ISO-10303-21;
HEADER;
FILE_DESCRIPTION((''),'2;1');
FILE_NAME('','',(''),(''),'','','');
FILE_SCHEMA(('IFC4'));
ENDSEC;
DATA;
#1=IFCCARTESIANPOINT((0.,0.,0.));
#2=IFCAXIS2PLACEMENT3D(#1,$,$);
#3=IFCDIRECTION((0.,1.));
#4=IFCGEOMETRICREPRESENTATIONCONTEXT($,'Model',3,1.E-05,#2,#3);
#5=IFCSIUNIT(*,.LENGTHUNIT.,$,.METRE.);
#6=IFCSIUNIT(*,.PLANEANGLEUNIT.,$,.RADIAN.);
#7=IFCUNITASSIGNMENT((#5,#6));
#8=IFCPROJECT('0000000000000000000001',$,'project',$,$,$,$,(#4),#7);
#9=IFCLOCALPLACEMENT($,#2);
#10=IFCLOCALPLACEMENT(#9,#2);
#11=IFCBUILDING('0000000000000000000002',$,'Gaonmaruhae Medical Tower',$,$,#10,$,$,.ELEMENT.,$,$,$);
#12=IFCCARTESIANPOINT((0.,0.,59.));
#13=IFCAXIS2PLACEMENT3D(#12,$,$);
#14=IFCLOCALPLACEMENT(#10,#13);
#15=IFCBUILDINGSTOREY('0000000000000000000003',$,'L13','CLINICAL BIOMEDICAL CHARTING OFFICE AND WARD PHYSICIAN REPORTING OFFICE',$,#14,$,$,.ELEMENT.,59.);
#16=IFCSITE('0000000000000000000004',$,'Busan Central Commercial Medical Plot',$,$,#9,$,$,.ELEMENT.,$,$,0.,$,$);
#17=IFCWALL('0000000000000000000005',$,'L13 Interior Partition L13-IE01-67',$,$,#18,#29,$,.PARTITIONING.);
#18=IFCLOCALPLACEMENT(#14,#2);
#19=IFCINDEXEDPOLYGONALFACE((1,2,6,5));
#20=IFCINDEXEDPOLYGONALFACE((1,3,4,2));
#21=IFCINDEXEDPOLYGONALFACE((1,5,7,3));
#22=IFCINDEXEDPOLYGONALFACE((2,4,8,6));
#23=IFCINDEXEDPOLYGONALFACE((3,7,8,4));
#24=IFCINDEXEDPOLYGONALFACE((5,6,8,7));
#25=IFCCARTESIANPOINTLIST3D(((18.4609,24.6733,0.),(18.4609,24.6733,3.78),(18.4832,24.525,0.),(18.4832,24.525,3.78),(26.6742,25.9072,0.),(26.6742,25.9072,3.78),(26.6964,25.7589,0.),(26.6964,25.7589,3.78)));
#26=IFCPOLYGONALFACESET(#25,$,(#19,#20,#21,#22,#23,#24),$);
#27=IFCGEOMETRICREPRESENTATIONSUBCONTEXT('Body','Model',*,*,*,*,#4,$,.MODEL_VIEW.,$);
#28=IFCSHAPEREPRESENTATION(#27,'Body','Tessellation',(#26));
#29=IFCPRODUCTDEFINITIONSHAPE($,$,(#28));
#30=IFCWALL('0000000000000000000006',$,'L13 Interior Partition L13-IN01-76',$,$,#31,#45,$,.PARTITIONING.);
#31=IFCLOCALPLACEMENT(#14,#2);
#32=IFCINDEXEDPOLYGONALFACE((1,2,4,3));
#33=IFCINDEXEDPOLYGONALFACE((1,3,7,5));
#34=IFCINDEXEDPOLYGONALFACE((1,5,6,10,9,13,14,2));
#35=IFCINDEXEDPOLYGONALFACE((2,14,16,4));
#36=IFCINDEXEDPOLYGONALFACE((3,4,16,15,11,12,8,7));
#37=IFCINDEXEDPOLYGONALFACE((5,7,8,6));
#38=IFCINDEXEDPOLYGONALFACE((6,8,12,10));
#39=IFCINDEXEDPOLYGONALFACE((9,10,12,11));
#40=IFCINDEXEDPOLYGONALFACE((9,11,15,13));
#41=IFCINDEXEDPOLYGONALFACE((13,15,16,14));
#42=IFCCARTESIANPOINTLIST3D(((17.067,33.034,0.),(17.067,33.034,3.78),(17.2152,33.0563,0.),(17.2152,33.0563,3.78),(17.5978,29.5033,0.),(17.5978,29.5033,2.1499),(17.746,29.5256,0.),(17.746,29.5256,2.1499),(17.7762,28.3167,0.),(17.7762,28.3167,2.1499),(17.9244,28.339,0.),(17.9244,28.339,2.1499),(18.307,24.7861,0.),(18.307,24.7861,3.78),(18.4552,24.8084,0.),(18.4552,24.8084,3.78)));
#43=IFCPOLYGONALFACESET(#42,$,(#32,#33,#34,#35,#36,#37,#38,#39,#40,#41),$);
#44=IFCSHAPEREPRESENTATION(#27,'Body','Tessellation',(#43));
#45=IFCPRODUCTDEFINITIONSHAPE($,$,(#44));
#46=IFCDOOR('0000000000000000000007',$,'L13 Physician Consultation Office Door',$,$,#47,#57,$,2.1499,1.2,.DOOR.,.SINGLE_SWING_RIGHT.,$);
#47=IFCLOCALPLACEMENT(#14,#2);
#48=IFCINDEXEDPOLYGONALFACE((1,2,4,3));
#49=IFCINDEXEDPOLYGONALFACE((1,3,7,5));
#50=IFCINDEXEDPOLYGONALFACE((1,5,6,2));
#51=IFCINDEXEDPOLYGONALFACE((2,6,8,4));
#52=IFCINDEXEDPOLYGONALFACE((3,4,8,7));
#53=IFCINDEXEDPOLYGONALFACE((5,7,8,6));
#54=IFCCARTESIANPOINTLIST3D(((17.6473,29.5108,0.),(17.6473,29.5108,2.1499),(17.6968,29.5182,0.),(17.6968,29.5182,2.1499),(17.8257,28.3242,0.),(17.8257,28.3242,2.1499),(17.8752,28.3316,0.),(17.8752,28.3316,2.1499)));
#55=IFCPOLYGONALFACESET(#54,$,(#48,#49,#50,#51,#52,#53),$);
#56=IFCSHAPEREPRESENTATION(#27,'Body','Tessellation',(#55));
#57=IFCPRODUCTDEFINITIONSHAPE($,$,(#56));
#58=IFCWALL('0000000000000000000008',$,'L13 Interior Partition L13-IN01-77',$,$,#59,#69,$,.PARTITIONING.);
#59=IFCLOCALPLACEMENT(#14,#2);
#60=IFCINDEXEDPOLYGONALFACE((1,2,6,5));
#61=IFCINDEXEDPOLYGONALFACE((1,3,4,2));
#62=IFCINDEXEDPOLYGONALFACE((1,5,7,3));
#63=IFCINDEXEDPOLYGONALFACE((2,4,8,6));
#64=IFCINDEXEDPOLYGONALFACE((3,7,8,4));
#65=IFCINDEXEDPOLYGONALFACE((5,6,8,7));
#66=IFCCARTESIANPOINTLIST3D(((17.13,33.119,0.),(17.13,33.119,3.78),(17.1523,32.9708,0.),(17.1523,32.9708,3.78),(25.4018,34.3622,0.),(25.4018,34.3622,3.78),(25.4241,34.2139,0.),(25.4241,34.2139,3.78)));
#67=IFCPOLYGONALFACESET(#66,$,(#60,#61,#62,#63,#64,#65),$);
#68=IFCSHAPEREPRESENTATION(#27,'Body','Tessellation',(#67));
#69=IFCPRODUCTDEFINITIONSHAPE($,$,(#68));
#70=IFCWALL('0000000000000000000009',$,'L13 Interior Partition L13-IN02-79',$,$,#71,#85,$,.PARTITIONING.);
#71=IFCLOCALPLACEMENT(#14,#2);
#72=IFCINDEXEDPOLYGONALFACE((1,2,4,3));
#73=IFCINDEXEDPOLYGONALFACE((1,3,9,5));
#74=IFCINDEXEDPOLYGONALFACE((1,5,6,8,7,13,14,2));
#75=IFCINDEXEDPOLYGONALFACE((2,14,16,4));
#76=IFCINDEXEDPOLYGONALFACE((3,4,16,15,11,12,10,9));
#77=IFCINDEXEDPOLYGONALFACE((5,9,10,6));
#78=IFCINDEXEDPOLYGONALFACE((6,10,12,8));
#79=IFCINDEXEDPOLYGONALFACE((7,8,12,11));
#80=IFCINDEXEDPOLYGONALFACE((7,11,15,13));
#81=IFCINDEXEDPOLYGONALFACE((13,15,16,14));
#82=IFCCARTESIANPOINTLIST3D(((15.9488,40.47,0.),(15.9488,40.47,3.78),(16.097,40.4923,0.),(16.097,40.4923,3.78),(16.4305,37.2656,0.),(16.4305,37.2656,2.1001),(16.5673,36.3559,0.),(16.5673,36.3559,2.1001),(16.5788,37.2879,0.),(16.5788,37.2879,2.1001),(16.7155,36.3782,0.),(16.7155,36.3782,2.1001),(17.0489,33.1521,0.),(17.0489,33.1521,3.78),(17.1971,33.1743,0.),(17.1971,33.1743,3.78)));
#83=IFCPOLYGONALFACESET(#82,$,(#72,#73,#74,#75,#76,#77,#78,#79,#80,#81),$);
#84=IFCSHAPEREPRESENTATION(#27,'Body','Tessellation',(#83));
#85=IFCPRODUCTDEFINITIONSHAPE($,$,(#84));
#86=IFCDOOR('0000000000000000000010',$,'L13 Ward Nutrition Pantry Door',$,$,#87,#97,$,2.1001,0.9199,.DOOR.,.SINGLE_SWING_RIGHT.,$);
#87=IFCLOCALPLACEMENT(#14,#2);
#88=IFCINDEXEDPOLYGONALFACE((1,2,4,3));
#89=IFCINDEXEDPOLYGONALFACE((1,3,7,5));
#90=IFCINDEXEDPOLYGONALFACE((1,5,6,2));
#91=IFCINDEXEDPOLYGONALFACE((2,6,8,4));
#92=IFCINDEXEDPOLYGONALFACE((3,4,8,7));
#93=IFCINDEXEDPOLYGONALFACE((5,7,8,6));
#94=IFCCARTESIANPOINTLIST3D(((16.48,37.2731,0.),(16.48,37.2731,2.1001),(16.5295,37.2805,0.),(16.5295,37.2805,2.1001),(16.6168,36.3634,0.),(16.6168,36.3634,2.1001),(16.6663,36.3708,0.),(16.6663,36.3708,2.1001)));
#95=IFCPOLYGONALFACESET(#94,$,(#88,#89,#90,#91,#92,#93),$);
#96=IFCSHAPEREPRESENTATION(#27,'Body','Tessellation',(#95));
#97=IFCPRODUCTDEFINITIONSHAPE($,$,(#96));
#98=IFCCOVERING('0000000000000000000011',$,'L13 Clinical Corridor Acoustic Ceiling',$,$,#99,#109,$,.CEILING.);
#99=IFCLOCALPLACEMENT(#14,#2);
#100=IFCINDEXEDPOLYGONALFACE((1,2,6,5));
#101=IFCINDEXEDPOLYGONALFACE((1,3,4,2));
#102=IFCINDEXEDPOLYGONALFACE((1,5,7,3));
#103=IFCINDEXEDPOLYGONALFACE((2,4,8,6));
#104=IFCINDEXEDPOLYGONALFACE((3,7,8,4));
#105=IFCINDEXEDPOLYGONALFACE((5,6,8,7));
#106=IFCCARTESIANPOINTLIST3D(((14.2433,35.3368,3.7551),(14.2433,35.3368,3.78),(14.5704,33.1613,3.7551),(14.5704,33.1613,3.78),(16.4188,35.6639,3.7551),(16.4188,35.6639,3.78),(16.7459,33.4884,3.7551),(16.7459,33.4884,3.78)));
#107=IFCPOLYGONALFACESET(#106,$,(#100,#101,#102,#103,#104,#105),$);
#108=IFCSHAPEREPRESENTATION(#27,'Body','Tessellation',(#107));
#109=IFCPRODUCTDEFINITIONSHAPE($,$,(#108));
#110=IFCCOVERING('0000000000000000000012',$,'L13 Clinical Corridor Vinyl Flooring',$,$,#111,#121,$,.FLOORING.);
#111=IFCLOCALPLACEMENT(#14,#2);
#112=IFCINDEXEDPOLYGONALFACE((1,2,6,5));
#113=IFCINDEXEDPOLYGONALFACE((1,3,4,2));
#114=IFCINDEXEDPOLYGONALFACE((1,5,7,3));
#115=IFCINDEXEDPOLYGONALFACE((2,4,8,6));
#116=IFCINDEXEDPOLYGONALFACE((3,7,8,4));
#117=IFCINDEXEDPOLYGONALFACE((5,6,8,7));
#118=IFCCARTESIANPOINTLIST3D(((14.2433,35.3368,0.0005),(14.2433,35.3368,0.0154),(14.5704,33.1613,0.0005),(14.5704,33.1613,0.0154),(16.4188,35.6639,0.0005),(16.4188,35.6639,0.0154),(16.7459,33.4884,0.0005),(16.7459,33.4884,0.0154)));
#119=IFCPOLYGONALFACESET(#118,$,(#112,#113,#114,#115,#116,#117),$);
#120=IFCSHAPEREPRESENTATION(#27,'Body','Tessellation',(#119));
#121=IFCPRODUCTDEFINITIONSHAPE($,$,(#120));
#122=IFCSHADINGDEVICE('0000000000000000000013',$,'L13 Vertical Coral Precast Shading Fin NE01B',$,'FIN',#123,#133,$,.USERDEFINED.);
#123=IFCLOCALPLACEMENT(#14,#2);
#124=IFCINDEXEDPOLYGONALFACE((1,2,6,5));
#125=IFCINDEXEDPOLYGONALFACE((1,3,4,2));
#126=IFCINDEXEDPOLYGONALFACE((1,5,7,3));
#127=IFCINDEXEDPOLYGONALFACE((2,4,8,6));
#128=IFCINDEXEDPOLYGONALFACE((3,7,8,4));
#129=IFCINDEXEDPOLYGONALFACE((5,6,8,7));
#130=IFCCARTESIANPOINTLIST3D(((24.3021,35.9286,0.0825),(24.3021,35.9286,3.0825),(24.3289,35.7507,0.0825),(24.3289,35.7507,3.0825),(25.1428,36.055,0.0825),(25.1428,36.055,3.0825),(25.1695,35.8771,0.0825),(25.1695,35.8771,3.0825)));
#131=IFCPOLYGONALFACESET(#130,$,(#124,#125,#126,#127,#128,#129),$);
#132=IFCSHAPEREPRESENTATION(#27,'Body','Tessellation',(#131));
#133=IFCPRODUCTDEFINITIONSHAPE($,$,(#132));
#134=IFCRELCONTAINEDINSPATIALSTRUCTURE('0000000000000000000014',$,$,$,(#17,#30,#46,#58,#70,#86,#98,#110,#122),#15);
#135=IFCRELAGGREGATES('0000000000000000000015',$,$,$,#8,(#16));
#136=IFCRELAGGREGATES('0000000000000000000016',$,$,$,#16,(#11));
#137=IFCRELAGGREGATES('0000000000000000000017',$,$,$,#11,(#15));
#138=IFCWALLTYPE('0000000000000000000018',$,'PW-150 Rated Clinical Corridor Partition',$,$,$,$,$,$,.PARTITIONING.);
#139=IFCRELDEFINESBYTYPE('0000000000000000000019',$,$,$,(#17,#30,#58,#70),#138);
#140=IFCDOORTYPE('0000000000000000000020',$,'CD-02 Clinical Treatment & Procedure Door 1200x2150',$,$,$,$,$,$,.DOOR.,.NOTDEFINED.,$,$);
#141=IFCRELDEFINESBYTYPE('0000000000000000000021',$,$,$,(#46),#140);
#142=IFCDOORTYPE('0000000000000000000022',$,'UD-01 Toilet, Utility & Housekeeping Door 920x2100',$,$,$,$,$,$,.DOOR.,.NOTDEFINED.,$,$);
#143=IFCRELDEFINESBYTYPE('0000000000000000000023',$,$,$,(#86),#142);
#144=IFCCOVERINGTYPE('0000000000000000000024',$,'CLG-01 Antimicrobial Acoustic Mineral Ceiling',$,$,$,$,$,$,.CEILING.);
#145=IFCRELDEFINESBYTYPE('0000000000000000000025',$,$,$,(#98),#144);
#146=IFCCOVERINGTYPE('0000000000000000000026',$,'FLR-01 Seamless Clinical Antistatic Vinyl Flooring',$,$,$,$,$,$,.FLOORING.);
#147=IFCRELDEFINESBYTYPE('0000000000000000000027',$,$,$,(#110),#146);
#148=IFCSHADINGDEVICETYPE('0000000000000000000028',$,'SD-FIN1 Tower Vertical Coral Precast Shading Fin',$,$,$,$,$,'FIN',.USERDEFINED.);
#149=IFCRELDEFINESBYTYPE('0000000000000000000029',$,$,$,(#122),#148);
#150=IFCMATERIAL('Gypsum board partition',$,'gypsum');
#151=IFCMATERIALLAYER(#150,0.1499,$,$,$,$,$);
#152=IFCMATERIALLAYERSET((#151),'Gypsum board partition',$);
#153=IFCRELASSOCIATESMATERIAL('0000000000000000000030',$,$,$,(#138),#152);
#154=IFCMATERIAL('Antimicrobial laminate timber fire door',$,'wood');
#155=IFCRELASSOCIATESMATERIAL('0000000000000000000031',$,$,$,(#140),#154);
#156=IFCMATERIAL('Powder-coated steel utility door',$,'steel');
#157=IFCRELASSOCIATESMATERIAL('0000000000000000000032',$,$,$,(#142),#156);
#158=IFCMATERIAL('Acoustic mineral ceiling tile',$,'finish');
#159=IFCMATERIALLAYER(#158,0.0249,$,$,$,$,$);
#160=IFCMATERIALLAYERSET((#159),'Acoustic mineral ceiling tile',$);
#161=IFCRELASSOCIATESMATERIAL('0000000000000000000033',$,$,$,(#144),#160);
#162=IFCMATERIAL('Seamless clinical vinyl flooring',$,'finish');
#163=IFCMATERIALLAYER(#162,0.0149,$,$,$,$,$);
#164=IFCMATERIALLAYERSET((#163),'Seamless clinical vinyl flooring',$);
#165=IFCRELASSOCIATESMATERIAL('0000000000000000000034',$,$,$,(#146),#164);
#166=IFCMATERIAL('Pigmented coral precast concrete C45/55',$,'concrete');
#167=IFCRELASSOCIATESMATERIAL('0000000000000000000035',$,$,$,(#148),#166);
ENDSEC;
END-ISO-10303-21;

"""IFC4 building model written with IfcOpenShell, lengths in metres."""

from ifc_helpers import new_model, si_unit, direction, frame, frame_2d, origin, origin_2d, place, context, subcontext, project, spatial, rectangle, extrude, material, layer, layer_set, type_object, element, fill, save


model = new_model("IFC4")

# Units and contexts
model_context = context("Model", 3, precision=1e-05, world=origin(), true_north=direction((0.0, 1.0)))
body_context = subcontext(model_context, "Body", "Model", "MODEL_VIEW")
ifc_project = project(units=[si_unit("LENGTHUNIT", "METRE"), si_unit("PLANEANGLEUNIT", "RADIAN")], contexts=[model_context])

# Site, building, storey
site_placement = place(None, origin())
site = spatial("IfcSite", under=ifc_project, at=site_placement, Name="Busan Central Commercial Medical Plot", CompositionType="ELEMENT", RefElevation=0.0)
building_placement = place(site_placement, origin())
building = spatial("IfcBuilding", under=site, at=building_placement, Name="Gaonmaruhae Medical Tower", CompositionType="ELEMENT")
storey_placement = place(building_placement, frame((0.0, 0.0, 59.0)))
storey = spatial("IfcBuildingStorey", under=building, at=storey_placement, Name="L13", Description="CLINICAL BIOMEDICAL CHARTING OFFICE AND WARD PHYSICIAN REPORTING OFFICE", CompositionType="ELEMENT", Elevation=59.0)

# Shared definitions
ifc_material_1 = material(Name="Gypsum board partition", Category="gypsum")
ifc_layer_1 = layer(ifc_material_1, 0.1499)
ifc_layer_set_1 = layer_set([ifc_layer_1], Name="Gypsum board partition")
wall_type_1 = type_object("IfcWallType", Name="PW-150 Rated Clinical Corridor Partition", PredefinedType="PARTITIONING", material=ifc_layer_set_1)

# Shared definitions
ifc_material_2 = material(Name="Antimicrobial laminate timber fire door", Category="wood")
door_type_1 = type_object("IfcDoorType", Name="CD-02 Clinical Treatment & Procedure Door 1200x2150", OperationType="NOTDEFINED", PredefinedType="DOOR", material=ifc_material_2)

# Wall
wall_1_placement = place(storey_placement, frame((18.4719, 24.5991, 0.0), z_axis=(0.0, 0.0, 1.0), x_axis=(0.988902, 0.148566, 0.0)))
element("IfcWall", 1, at=wall_1_placement, inside=storey, type_object=wall_type_1, Name="L13 Interior Partition L13-IE01-67", PredefinedType="PARTITIONING", context=body_context, shape_type="SweptSolid", body=[
    extrude(rectangle(XDim=8.3054, YDim=0.1499, at=frame_2d((4.1528, 0.0))), origin(), (0.0, 0.0, 1.0), 3.78),
])

# Wall, opening, door
wall_2_placement = place(storey_placement, frame((18.3811, 24.7971, 0.0), z_axis=(0.0, 0.0, 1.0), x_axis=(-0.148671, 0.988887, 0.0)))
wall_2 = element("IfcWall", 2, at=wall_2_placement, inside=storey, type_object=wall_type_1, Name="L13 Interior Partition L13-IN01-76", PredefinedType="PARTITIONING", context=body_context, shape_type="SweptSolid", body=[
    extrude(rectangle(XDim=8.3406, YDim=0.1499, at=frame_2d((4.1704, 0.0))), origin(), (0.0, 0.0, 1.0), 3.78),
])
opening_1_placement = place(wall_2_placement, frame((3.5703, 0.0, 0.0)))
opening_1 = element("IfcOpeningElement", 3, at=opening_1_placement, cuts=wall_2, PredefinedType="OPENING", context=body_context, shape_type="SweptSolid", body=[
    extrude(rectangle(XDim=1.2, YDim=2.1499, at=frame_2d((0.6001, 1.075))), frame((0.0, 0.085, 0.0), z_axis=(0.0, -1.0, 0.0), x_axis=(1.0, 0.0, 0.0)), (0.0, 0.0, 1.0), 0.1699),
])
door_1_placement = place(opening_1_placement, origin())
door_1 = element("IfcDoor", 4, at=door_1_placement, inside=storey, type_object=door_type_1, Name="L13 Physician Consultation Office Door", OperationType="SINGLE_SWING_RIGHT", OverallHeight=2.1499, OverallWidth=1.2, PredefinedType="DOOR", context=body_context, shape_type="SweptSolid", body=[
    extrude(rectangle(XDim=1.2, YDim=2.1499, at=frame_2d((0.6001, 1.075))), frame((0.0, 0.0249, 0.0), z_axis=(0.0, -1.0, 0.0), x_axis=(1.0, 0.0, 0.0)), (0.0, 0.0, 1.0), 0.05),
])
fill(opening_1, door_1)

# Wall
wall_3_placement = place(storey_placement, frame((17.1411, 33.0449, 0.0), z_axis=(0.0, 0.0, 1.0), x_axis=(0.988895, 0.148617, 0.0)))
element("IfcWall", 5, at=wall_3_placement, inside=storey, type_object=wall_type_1, Name="L13 Interior Partition L13-IN01-77", PredefinedType="PARTITIONING", context=body_context, shape_type="SweptSolid", body=[
    extrude(rectangle(XDim=8.3647, YDim=0.1499, at=frame_2d((4.1824, 0.0))), origin(), (0.0, 0.0, 1.0), 3.78),
])

# Wall, opening, door
wall_4_placement = place(storey_placement, frame((17.123, 33.1631, 0.0), z_axis=(0.0, 0.0, 1.0), x_axis=(-0.14866, 0.988888, 0.0)))
wall_4 = element("IfcWall", 6, at=wall_4_placement, inside=storey, type_object=wall_type_1, Name="L13 Interior Partition L13-IN02-79", PredefinedType="PARTITIONING", context=body_context, shape_type="SweptSolid", body=[
    extrude(rectangle(XDim=7.4001, YDim=0.1499, at=frame_2d((3.7002, 0.0))), origin(), (0.0, 0.0, 1.0), 3.78),
])
opening_2_placement = place(wall_4_placement, frame((3.24, 0.0, 0.0)))
opening_2 = element("IfcOpeningElement", 7, at=opening_2_placement, cuts=wall_4, PredefinedType="OPENING", context=body_context, shape_type="SweptSolid", body=[
    extrude(rectangle(XDim=0.9199, YDim=2.1001, at=frame_2d((0.46, 1.05))), frame((0.0, 0.085, 0.0), z_axis=(0.0, -1.0, 0.0), x_axis=(1.0, 0.0, 0.0)), (0.0, 0.0, 1.0), 0.1699),
])
ifc_material_3 = material(Name="Powder-coated steel utility door", Category="steel")
door_type_2 = type_object("IfcDoorType", Name="UD-01 Toilet, Utility & Housekeeping Door 920x2100", OperationType="NOTDEFINED", PredefinedType="DOOR", material=ifc_material_3)
door_2_placement = place(opening_2_placement, origin())
door_2 = element("IfcDoor", 8, at=door_2_placement, inside=storey, type_object=door_type_2, Name="L13 Ward Nutrition Pantry Door", OperationType="SINGLE_SWING_RIGHT", OverallHeight=2.1001, OverallWidth=0.9199, PredefinedType="DOOR", context=body_context, shape_type="SweptSolid", body=[
    extrude(rectangle(XDim=0.9199, YDim=2.1001, at=frame_2d((0.46, 1.05))), frame((0.0, 0.0249, 0.0), z_axis=(0.0, -1.0, 0.0), x_axis=(1.0, 0.0, 0.0)), (0.0, 0.0, 1.0), 0.05),
])
fill(opening_2, door_2)

# Coverings
ifc_material_4 = material(Name="Acoustic mineral ceiling tile", Category="finish")
ifc_layer_2 = layer(ifc_material_4, 0.0249)
ifc_layer_set_2 = layer_set([ifc_layer_2], Name="Acoustic mineral ceiling tile")
covering_type_1 = type_object("IfcCoveringType", Name="CLG-01 Antimicrobial Acoustic Mineral Ceiling", PredefinedType="CEILING", material=ifc_layer_set_2)
covering_1_placement = place(storey_placement, frame((15.4946, 34.4126, 3.7551), z_axis=(0.0, 0.0, 1.0), x_axis=(0.988886, 0.148672, 0.0)))
element("IfcCovering", 9, at=covering_1_placement, inside=storey, type_object=covering_type_1, Name="L13 Clinical Corridor Acoustic Ceiling", PredefinedType="CEILING", context=body_context, shape_type="SweptSolid", body=[
    extrude(rectangle(XDim=2.2, YDim=2.2, at=origin_2d()), origin(), (0.0, 0.0, 1.0), 0.0249),
])
ifc_material_5 = material(Name="Seamless clinical vinyl flooring", Category="finish")
ifc_layer_3 = layer(ifc_material_5, 0.0149)
ifc_layer_set_3 = layer_set([ifc_layer_3], Name="Seamless clinical vinyl flooring")
covering_type_2 = type_object("IfcCoveringType", Name="FLR-01 Seamless Clinical Antistatic Vinyl Flooring", PredefinedType="FLOORING", material=ifc_layer_set_3)
covering_2_placement = place(storey_placement, frame((15.4946, 34.4126, 0.0005), z_axis=(0.0, 0.0, 1.0), x_axis=(0.988886, 0.148672, 0.0)))
element("IfcCovering", 10, at=covering_2_placement, inside=storey, type_object=covering_type_2, Name="L13 Clinical Corridor Vinyl Flooring", PredefinedType="FLOORING", context=body_context, shape_type="SweptSolid", body=[
    extrude(rectangle(XDim=2.2, YDim=2.2, at=origin_2d()), origin(), (0.0, 0.0, 1.0), 0.0149),
])

# Shading device
ifc_material_6 = material(Name="Pigmented coral precast concrete C45/55", Category="concrete")
shading_device_type = type_object("IfcShadingDeviceType", Name="SD-FIN1 Tower Vertical Coral Precast Shading Fin", ElementType="FIN", PredefinedType="USERDEFINED", material=ifc_material_6)
shading_device_placement = place(storey_placement, frame((24.7358, 35.9028, 0.0825), z_axis=(0.0, 0.0, 1.0), x_axis=(-0.148672, 0.988886, 0.0)))
element("IfcShadingDevice", 11, at=shading_device_placement, inside=storey, type_object=shading_device_type, Name="L13 Vertical Coral Precast Shading Fin NE01B", ObjectType="FIN", PredefinedType="USERDEFINED", context=body_context, shape_type="SweptSolid", body=[
    extrude(rectangle(XDim=0.1799, YDim=0.8501, at=origin_2d()), origin(), (0.0, 0.0, 1.0), 3.0),
])

save(model, "model.ifc")
